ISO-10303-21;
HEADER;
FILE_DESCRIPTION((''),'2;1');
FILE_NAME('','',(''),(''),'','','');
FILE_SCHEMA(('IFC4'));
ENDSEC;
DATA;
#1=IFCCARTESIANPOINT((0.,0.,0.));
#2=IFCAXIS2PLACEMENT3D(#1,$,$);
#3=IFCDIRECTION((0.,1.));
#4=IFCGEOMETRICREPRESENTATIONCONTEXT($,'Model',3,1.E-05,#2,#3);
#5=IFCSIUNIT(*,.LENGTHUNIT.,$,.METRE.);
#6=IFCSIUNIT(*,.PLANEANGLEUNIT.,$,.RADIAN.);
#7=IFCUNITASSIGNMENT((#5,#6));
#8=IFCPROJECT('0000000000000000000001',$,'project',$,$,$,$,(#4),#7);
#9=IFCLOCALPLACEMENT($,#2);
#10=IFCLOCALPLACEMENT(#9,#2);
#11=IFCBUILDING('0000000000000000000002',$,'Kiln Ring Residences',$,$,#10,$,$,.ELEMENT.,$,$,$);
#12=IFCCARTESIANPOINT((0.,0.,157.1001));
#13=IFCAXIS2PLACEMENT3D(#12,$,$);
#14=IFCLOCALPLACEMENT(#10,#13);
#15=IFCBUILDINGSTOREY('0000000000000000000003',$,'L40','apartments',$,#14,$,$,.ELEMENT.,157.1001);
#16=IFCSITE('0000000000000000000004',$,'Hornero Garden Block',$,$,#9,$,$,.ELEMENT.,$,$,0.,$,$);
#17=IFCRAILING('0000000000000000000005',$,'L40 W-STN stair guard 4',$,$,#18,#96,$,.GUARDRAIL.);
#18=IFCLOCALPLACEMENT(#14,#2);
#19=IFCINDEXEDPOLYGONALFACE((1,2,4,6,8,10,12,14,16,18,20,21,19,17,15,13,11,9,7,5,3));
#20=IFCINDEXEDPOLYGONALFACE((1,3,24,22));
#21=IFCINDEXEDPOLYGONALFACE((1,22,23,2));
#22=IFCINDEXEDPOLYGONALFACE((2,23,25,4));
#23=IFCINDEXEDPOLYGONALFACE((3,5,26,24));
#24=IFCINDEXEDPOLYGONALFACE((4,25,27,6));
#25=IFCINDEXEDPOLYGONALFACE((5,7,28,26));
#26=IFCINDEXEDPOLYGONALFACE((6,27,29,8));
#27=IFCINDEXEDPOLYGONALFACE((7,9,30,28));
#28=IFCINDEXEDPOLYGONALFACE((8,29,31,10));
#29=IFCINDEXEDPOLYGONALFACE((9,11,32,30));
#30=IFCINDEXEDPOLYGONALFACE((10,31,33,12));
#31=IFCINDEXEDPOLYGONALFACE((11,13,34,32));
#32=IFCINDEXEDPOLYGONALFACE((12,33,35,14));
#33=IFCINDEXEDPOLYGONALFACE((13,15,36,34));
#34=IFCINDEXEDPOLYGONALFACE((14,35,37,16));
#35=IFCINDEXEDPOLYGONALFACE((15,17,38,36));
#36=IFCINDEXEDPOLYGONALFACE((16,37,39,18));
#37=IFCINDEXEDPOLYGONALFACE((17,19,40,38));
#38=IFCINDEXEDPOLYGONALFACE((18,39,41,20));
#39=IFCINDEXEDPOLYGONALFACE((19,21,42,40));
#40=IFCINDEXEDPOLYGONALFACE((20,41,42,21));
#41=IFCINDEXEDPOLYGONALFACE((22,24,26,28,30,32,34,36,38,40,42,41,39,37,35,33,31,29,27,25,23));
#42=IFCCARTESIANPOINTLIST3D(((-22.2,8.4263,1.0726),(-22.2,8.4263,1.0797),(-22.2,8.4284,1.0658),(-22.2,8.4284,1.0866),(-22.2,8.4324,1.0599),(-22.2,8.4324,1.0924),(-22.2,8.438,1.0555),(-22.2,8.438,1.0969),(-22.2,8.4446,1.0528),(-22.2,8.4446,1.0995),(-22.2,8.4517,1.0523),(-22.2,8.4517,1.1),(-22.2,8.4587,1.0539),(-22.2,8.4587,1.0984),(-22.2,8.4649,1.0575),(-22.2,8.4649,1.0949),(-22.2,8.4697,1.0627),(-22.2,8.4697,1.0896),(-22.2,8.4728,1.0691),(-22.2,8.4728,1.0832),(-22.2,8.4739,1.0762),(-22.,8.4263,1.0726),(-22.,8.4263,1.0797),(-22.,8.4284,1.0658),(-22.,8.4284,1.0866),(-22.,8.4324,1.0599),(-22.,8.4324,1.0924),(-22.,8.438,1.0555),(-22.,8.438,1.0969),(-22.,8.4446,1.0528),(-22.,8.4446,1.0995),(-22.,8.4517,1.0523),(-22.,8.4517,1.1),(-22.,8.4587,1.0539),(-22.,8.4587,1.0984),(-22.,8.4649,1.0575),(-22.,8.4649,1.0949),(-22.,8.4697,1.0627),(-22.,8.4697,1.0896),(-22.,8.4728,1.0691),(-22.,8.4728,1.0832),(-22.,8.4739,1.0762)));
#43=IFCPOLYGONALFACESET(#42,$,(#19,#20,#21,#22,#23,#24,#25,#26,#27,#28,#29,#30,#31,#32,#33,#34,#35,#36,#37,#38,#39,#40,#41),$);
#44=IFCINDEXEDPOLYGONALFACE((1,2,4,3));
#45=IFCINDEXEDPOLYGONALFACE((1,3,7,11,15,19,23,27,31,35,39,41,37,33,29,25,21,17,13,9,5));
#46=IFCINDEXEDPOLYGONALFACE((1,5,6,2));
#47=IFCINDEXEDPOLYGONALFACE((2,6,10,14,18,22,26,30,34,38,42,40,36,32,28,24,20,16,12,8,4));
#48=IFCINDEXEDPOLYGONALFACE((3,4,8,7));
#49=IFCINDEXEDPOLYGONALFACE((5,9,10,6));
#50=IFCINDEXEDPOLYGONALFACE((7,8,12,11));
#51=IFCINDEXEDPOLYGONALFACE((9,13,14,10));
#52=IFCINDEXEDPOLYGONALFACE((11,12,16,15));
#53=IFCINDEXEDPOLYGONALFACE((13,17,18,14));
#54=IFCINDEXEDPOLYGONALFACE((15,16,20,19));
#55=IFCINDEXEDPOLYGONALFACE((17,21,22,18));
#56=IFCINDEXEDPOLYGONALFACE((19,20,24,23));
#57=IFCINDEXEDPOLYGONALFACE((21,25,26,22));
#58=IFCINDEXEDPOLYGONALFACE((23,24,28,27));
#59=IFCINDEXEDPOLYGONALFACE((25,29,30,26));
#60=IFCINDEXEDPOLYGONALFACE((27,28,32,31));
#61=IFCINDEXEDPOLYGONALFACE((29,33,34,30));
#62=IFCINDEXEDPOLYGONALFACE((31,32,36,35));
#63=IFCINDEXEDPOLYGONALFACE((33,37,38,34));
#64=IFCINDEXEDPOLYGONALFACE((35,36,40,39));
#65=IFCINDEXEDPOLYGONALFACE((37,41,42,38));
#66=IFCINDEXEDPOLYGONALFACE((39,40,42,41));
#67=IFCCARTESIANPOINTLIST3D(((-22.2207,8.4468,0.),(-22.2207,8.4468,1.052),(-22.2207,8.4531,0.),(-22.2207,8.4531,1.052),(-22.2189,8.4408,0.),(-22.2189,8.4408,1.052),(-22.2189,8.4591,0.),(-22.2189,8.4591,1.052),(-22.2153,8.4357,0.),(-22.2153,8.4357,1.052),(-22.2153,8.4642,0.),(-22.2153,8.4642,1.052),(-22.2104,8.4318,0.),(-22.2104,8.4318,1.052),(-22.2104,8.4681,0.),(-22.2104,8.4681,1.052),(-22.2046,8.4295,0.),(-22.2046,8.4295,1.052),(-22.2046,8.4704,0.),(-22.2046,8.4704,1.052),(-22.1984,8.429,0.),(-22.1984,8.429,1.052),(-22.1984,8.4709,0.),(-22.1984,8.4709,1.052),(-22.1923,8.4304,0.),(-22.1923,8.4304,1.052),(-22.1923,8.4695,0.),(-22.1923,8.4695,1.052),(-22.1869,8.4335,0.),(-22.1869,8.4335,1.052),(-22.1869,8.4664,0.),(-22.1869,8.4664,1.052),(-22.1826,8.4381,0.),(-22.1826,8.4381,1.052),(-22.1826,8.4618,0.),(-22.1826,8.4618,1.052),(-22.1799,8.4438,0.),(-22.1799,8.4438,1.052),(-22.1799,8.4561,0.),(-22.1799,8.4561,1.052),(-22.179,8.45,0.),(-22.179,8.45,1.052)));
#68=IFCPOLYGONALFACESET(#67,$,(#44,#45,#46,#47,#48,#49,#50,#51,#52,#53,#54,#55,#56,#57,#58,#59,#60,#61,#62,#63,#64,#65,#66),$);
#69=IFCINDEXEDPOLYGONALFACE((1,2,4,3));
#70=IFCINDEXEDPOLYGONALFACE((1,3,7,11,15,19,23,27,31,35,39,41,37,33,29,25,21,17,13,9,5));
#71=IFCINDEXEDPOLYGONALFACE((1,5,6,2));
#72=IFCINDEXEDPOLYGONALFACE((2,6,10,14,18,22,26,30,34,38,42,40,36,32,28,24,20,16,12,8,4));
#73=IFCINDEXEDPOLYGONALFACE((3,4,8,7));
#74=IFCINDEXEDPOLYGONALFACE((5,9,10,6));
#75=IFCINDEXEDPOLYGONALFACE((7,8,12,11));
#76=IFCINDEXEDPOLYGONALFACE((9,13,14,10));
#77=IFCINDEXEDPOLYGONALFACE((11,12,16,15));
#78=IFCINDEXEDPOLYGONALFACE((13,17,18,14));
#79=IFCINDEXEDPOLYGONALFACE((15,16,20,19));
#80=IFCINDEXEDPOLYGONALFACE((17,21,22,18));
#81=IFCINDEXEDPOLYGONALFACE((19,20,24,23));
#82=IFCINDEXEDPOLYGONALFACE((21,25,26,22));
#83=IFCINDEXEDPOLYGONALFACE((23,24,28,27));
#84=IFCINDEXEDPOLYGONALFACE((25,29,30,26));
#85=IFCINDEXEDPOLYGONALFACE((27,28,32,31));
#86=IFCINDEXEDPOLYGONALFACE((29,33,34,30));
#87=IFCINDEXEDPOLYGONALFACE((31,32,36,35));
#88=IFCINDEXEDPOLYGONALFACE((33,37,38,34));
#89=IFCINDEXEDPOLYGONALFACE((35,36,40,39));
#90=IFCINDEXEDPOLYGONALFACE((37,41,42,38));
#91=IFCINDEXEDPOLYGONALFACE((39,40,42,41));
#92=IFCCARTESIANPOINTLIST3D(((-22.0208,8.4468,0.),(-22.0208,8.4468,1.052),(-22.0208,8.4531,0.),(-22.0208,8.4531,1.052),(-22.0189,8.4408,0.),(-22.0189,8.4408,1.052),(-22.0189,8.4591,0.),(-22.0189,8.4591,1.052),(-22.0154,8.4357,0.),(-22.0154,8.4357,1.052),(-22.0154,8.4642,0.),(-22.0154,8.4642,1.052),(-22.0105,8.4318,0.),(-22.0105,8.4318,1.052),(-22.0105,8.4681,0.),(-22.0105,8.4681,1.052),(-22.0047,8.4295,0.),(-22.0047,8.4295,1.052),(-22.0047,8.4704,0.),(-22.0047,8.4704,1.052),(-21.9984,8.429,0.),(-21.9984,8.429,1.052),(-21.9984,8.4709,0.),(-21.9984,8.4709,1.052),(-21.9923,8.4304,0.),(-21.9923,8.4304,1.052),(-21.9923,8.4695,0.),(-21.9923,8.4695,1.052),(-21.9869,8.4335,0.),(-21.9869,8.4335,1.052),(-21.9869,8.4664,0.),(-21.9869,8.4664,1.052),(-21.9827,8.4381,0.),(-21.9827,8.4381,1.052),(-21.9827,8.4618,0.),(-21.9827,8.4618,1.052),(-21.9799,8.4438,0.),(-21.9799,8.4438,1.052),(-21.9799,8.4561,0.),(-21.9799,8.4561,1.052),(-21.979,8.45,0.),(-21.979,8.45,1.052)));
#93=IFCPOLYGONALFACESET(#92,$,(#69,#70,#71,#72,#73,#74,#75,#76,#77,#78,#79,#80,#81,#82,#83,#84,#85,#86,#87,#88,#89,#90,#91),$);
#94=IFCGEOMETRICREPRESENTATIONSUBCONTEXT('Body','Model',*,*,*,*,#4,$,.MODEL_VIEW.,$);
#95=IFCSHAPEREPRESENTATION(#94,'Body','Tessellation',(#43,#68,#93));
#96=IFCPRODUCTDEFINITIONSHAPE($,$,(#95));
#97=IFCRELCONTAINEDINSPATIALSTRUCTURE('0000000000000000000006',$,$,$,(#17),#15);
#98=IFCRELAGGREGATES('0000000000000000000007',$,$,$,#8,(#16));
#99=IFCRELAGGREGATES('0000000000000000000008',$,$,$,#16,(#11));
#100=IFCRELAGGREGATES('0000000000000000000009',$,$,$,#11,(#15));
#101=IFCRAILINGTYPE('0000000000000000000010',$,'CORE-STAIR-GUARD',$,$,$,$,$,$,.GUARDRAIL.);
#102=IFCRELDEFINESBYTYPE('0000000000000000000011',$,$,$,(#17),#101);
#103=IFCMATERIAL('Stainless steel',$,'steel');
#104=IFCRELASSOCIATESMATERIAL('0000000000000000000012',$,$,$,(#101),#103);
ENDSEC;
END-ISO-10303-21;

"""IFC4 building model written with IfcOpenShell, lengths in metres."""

from ifc_helpers import new_model, si_unit, direction, frame, origin, origin_2d, place, context, subcontext, project, spatial, circle, extrude, material, type_object, element, save


model = new_model("IFC4")

# Units and contexts
model_context = context("Model", 3, precision=1e-05, world=origin(), true_north=direction((0.0, 1.0)))
body_context = subcontext(model_context, "Body", "Model", "MODEL_VIEW")
ifc_project = project(units=[si_unit("LENGTHUNIT", "METRE"), si_unit("PLANEANGLEUNIT", "RADIAN")], contexts=[model_context])

# Site, building, storey
site_placement = place(None, origin())
site = spatial("IfcSite", under=ifc_project, at=site_placement, Name="Hornero Garden Block", CompositionType="ELEMENT", RefElevation=0.0)
building_placement = place(site_placement, origin())
building = spatial("IfcBuilding", under=site, at=building_placement, Name="Kiln Ring Residences", CompositionType="ELEMENT")
storey_placement = place(building_placement, frame((0.0, 0.0, 157.1001)))
storey = spatial("IfcBuildingStorey", under=building, at=storey_placement, Name="L40", Description="apartments", CompositionType="ELEMENT", Elevation=157.1001)

# Railing
ifc_material_1 = material(Name="Stainless steel", Category="steel")
railing_type_1 = type_object("IfcRailingType", Name="CORE-STAIR-GUARD", PredefinedType="GUARDRAIL", material=ifc_material_1)
railing_1_placement = place(storey_placement, frame((-22.2, 8.45, 0.0)))
element("IfcRailing", 1, at=railing_1_placement, inside=storey, type_object=railing_type_1, Name="L40 W-STN stair guard 4", PredefinedType="GUARDRAIL", context=body_context, shape_type="SweptSolid", body=[
    extrude(circle(Radius=0.0239, at=origin_2d()), frame((0.0, 0.0, 1.0762), z_axis=(1.0, 0.0, 0.0), x_axis=(0.0, 1.0, 0.0)), (0.0, 0.0, 1.0), 0.2),
    extrude(circle(Radius=0.021, at=origin_2d()), origin(), (0.0, 0.0, 1.0), 1.052),
    extrude(circle(Radius=0.021, at=origin_2d()), frame((0.2, 0.0, 0.0)), (0.0, 0.0, 1.0), 1.052),
])

save(model, "model.ifc")
